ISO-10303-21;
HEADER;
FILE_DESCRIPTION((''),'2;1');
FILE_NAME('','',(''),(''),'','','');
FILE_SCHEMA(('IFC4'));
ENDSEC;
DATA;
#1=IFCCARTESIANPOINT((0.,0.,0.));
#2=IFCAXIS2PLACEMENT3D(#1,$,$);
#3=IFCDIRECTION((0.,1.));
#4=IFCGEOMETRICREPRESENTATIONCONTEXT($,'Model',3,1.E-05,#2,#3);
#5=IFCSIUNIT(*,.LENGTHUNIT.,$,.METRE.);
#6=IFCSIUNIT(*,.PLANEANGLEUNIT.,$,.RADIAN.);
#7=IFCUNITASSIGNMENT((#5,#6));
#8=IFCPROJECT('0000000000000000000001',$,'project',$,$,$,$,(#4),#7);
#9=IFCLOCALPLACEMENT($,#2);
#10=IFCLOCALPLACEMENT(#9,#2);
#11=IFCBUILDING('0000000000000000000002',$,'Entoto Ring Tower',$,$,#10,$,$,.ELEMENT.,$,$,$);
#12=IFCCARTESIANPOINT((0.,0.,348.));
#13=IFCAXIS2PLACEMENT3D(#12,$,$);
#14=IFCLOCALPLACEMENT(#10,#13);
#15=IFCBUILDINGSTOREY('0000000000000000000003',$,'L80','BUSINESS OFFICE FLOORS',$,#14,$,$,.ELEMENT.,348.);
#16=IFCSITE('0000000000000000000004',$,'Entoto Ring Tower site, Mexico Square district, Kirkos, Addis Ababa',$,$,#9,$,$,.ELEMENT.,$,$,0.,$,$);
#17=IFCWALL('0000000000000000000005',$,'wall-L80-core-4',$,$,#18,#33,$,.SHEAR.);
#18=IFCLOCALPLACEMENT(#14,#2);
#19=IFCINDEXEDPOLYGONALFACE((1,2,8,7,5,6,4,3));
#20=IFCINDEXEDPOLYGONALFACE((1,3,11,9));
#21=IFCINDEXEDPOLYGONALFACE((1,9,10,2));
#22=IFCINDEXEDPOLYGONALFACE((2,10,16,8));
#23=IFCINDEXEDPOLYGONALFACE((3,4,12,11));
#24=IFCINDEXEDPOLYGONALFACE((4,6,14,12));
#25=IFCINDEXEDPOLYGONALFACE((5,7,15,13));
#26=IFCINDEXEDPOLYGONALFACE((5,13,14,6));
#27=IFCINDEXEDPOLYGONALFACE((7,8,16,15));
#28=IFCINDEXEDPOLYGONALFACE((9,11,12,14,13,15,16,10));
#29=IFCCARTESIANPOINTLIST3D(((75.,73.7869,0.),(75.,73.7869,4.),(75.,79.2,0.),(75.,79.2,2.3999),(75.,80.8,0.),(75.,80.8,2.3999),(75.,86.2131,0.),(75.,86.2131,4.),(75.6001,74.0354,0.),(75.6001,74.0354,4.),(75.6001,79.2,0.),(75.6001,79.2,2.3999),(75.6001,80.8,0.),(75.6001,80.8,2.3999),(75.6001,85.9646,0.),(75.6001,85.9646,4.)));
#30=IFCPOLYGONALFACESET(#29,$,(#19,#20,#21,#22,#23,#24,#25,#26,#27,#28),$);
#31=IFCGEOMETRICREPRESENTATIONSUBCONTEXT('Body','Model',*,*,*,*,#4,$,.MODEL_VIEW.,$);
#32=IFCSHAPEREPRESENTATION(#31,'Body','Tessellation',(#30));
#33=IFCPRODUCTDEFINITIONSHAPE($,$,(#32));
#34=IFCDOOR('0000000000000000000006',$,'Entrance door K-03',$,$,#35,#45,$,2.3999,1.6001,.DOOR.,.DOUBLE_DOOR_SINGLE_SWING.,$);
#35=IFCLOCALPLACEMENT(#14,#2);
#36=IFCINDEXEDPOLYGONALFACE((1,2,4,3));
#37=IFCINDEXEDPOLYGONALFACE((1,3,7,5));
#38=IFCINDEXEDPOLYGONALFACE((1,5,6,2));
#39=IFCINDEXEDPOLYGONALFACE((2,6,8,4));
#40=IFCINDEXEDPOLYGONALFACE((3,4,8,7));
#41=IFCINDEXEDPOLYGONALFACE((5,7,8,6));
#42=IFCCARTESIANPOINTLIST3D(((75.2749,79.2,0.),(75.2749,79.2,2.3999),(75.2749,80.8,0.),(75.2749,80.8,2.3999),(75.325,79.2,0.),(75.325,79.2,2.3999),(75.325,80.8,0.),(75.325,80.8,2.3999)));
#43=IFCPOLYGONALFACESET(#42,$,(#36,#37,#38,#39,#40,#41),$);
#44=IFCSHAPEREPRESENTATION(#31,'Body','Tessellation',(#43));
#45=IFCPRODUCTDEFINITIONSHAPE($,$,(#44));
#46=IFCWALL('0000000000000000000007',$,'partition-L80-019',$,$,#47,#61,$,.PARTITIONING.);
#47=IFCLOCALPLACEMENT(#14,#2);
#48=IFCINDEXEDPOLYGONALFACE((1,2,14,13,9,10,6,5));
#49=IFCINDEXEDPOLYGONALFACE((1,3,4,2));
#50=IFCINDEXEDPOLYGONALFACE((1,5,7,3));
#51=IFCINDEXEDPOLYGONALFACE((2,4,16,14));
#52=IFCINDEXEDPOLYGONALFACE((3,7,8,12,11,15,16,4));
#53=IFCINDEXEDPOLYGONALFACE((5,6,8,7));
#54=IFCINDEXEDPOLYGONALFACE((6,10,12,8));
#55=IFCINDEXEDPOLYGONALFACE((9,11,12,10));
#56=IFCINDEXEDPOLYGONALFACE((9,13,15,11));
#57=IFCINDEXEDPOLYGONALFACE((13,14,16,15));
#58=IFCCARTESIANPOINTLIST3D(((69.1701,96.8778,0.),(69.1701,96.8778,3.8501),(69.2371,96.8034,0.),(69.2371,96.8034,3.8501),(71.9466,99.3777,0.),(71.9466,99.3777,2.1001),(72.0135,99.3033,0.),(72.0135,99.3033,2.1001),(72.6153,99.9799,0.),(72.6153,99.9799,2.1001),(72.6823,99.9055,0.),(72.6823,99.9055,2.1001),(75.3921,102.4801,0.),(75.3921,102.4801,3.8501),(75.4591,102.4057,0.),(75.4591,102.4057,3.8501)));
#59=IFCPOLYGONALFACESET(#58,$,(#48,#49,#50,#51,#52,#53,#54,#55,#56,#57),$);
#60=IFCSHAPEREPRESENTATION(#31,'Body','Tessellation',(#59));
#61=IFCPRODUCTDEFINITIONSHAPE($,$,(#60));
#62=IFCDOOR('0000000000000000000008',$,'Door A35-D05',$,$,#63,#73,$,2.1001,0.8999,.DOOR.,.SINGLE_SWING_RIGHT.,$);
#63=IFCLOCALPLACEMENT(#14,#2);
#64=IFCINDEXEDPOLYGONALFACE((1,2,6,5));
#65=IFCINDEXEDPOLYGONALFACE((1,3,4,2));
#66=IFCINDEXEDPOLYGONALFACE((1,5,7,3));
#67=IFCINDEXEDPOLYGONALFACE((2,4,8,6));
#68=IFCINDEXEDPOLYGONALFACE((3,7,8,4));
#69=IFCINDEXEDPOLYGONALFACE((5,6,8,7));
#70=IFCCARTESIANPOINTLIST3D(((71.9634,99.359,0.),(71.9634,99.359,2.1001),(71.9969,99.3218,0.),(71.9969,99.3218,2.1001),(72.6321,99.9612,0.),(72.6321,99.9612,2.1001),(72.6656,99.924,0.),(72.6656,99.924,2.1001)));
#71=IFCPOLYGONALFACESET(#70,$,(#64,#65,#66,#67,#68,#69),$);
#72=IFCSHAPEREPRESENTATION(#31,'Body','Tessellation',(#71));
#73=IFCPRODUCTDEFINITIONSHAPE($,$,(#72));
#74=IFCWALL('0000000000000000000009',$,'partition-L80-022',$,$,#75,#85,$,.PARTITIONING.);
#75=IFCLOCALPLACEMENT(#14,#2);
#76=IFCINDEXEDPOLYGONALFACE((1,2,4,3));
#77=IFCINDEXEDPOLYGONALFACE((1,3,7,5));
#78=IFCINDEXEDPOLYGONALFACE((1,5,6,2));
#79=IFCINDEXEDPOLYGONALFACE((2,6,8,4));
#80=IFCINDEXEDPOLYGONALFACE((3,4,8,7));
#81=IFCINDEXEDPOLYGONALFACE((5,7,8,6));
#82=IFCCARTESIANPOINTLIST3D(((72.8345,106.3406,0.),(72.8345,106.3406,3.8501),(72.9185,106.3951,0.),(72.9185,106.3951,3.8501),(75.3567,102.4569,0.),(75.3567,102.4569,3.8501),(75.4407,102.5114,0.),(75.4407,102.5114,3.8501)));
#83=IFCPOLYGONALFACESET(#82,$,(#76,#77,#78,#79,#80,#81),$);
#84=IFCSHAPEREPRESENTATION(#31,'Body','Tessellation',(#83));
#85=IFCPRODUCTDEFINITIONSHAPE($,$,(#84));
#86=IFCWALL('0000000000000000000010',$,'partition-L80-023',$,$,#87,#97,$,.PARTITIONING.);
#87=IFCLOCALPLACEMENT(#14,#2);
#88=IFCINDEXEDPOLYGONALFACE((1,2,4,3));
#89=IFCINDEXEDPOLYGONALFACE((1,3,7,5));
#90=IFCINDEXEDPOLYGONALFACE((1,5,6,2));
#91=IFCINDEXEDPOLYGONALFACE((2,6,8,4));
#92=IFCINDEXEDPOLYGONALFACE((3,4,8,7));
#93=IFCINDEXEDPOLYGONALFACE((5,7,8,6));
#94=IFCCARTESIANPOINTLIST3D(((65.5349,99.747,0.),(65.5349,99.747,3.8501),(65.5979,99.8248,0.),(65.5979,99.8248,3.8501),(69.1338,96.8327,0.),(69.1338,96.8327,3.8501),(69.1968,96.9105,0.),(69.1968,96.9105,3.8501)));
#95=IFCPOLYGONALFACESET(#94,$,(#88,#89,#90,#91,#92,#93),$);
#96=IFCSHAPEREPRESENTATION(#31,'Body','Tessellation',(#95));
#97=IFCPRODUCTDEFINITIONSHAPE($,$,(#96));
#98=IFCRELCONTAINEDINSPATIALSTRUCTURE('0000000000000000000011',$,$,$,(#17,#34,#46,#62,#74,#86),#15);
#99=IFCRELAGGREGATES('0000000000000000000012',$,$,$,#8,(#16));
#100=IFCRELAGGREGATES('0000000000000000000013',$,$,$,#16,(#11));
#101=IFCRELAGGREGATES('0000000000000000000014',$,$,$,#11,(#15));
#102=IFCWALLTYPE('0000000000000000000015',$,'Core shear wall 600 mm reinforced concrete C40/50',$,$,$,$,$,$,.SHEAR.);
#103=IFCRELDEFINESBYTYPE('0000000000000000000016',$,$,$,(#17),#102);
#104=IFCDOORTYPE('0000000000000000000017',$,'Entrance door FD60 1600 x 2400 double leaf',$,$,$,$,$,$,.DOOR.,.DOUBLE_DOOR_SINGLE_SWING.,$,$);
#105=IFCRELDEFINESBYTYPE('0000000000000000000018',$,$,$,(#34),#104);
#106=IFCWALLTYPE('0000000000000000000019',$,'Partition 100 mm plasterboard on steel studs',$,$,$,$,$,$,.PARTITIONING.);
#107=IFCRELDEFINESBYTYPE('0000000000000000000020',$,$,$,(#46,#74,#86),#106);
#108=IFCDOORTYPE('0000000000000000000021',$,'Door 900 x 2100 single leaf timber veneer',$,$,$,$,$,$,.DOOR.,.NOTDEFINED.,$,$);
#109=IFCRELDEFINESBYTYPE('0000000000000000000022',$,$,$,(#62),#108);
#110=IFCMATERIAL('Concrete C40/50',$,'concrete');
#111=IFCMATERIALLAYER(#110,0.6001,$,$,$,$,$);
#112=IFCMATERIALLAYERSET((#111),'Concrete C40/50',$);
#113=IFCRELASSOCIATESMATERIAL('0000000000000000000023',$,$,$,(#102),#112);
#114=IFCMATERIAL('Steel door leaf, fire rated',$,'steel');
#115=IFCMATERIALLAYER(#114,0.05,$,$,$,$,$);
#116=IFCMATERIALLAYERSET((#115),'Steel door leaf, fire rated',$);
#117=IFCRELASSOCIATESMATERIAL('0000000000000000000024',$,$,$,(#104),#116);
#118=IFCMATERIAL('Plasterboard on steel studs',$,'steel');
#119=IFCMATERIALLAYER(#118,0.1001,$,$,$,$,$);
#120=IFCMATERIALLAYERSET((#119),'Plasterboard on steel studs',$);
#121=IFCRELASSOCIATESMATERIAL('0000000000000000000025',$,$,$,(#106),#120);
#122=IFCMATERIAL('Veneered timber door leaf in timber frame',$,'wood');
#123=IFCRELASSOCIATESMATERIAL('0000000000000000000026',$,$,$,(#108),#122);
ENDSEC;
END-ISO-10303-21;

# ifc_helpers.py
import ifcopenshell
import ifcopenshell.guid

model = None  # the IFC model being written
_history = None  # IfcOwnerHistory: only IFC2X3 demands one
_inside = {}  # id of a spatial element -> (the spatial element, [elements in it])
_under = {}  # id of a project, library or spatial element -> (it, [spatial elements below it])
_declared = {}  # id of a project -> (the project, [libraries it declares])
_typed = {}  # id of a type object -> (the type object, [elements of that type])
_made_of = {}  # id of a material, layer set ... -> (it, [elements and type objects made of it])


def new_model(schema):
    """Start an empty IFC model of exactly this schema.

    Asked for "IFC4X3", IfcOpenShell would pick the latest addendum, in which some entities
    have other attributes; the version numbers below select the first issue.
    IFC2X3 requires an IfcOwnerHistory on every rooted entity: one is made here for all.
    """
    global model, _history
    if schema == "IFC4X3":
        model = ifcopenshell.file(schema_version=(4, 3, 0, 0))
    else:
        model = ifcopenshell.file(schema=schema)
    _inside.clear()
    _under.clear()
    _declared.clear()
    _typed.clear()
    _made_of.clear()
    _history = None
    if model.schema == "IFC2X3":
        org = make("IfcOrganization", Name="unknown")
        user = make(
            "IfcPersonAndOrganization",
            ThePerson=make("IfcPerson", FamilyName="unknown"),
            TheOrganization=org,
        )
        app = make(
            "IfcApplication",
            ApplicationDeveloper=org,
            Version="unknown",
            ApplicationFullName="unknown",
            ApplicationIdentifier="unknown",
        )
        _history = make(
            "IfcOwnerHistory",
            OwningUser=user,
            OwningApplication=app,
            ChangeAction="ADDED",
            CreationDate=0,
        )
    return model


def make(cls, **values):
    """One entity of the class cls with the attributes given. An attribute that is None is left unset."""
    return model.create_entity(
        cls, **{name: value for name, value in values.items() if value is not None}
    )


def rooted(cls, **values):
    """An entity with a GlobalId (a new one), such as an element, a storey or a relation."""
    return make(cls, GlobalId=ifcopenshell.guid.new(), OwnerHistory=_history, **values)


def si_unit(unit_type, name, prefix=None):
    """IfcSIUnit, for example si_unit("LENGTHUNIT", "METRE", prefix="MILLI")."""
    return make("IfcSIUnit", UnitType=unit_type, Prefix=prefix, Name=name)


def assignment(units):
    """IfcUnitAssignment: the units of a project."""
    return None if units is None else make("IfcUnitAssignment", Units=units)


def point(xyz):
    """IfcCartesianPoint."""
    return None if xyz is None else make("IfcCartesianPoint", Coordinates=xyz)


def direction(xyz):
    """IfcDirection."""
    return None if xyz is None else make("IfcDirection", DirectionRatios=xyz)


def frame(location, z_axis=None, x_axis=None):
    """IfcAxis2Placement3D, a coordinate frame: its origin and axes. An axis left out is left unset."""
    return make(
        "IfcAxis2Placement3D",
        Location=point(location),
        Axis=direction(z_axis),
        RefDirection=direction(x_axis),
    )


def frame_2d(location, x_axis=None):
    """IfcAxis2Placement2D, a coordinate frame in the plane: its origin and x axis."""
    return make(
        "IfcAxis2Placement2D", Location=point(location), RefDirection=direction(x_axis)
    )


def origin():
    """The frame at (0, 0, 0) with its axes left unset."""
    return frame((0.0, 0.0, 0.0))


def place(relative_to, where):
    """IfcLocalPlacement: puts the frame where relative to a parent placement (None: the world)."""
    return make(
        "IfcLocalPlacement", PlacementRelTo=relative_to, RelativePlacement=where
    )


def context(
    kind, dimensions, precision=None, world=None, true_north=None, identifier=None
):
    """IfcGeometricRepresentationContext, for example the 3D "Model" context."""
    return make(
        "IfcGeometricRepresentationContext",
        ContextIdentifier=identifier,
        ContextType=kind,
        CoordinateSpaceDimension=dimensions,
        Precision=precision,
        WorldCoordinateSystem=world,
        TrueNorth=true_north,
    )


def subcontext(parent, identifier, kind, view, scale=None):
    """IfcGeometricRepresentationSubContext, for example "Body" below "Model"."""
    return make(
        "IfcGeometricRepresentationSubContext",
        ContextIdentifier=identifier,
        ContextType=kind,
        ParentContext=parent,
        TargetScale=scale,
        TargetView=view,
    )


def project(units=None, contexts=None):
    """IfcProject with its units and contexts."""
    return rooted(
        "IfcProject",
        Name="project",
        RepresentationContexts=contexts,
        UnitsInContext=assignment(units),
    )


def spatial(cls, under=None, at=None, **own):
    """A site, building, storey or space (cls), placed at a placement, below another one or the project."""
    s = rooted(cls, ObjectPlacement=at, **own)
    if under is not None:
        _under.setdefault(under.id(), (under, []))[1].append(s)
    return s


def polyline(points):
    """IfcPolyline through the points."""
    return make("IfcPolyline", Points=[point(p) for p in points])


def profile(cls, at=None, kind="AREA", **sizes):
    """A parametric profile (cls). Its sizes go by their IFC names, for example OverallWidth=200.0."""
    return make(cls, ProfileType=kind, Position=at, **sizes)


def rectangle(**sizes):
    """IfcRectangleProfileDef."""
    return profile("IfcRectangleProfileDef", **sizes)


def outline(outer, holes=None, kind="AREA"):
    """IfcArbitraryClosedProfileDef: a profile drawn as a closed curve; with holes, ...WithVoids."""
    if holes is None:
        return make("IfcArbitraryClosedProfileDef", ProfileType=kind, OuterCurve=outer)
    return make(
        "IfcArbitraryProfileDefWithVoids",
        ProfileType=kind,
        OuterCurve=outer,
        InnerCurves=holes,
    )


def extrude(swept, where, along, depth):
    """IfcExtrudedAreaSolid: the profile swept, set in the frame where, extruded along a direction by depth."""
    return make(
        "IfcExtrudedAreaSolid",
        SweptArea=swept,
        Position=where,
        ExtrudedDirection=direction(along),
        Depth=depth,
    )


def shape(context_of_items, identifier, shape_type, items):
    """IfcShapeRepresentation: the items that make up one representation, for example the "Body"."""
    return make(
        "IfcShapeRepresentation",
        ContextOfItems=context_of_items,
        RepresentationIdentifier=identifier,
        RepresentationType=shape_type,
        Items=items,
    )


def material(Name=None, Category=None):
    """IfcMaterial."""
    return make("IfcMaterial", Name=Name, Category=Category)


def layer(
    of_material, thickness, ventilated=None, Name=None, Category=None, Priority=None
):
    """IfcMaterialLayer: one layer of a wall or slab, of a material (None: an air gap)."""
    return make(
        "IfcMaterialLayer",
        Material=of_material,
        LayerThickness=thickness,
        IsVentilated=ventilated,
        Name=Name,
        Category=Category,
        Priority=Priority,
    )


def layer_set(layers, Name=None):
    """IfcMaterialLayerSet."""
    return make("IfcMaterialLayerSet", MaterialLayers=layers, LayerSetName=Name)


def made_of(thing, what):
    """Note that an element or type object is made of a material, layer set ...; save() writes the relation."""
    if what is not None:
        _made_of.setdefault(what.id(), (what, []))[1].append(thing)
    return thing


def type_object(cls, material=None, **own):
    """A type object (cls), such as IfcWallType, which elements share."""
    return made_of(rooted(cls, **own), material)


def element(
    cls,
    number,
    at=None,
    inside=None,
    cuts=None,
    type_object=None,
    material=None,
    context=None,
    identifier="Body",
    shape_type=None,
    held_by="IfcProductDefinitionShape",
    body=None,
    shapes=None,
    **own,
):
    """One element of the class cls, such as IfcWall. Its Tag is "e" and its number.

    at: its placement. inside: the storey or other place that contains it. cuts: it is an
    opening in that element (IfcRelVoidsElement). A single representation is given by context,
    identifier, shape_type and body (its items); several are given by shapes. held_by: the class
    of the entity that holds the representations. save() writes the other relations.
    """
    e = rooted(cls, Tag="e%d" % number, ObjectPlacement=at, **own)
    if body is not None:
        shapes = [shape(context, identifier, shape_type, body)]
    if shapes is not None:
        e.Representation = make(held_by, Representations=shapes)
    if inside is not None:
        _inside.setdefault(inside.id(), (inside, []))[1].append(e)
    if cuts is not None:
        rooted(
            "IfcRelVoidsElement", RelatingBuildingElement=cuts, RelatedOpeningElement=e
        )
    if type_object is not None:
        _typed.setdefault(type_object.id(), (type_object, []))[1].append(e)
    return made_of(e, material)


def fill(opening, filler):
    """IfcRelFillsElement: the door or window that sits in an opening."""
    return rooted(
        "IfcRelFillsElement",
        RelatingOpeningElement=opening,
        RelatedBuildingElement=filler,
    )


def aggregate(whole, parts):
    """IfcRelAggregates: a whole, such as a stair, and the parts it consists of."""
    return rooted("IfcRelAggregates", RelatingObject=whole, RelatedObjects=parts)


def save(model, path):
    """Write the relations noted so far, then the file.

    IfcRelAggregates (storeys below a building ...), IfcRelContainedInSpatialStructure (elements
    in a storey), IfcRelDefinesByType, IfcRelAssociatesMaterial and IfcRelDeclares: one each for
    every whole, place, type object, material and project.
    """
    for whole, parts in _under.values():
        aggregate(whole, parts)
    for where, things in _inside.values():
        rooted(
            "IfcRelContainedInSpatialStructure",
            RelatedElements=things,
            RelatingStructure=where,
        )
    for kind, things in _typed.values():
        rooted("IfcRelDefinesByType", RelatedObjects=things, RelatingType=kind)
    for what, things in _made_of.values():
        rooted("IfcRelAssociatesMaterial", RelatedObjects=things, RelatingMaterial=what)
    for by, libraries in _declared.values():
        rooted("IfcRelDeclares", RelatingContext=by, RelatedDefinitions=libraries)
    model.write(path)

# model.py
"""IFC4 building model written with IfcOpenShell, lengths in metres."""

from ifc_helpers import new_model, si_unit, direction, frame, frame_2d, origin, place, context, subcontext, project, spatial, polyline, rectangle, outline, extrude, material, layer, layer_set, type_object, element, fill, save


model = new_model("IFC4")

# Units and contexts
model_context = context("Model", 3, precision=1e-05, world=origin(), true_north=direction((0.0, 1.0)))
body_context = subcontext(model_context, "Body", "Model", "MODEL_VIEW")
ifc_project = project(units=[si_unit("LENGTHUNIT", "METRE"), si_unit("PLANEANGLEUNIT", "RADIAN")], contexts=[model_context])

# Site, building, storey
site_placement = place(None, origin())
site = spatial("IfcSite", under=ifc_project, at=site_placement, Name="Entoto Ring Tower site, Mexico Square district, Kirkos, Addis Ababa", CompositionType="ELEMENT", RefElevation=0.0)
building_placement = place(site_placement, origin())
building = spatial("IfcBuilding", under=site, at=building_placement, Name="Entoto Ring Tower", CompositionType="ELEMENT")
storey_placement = place(building_placement, frame((0.0, 0.0, 348.0)))
storey = spatial("IfcBuildingStorey", under=building, at=storey_placement, Name="L80", Description="BUSINESS OFFICE FLOORS", CompositionType="ELEMENT", Elevation=348.0)

# Shared definitions
ifc_material_1 = material(Name="Concrete C40/50", Category="concrete")
ifc_layer_1 = layer(ifc_material_1, 0.6001)
ifc_layer_set_1 = layer_set([ifc_layer_1], Name="Concrete C40/50")
wall_type_1 = type_object("IfcWallType", Name="Core shear wall 600 mm reinforced concrete C40/50", PredefinedType="SHEAR", material=ifc_layer_set_1)

# Walls, openings, doors
wall_1_placement = place(storey_placement, frame((75.3, 86.0889, 0.0), z_axis=(0.0, 0.0, 1.0), x_axis=(0.0, -1.0, 0.0)))
wall_1 = element("IfcWall", 1, at=wall_1_placement, inside=storey, type_object=wall_type_1, Name="wall-L80-core-4", PredefinedType="SHEAR", context=body_context, shape_type="SweptSolid", body=[
    extrude(outline(polyline([(-0.1243, -0.3), (12.302, -0.3), (12.0535, 0.3), (0.1243, 0.3), (-0.1243, -0.3)])), origin(), (0.0, 0.0, 1.0), 4.0),
])
opening_1_placement = place(wall_1_placement, frame((5.2888, 0.0, 0.0)))
opening_1 = element("IfcOpeningElement", 2, at=opening_1_placement, cuts=wall_1, PredefinedType="OPENING", context=body_context, shape_type="SweptSolid", body=[
    extrude(rectangle(XDim=1.6001, YDim=2.3999, at=frame_2d((0.8, 1.2))), frame((0.0, 0.3101, 0.0), z_axis=(0.0, -1.0, 0.0), x_axis=(1.0, 0.0, 0.0)), (0.0, 0.0, 1.0), 0.6201),
])
ifc_material_2 = material(Name="Steel door leaf, fire rated", Category="steel")
ifc_layer_2 = layer(ifc_material_2, 0.05)
ifc_layer_set_2 = layer_set([ifc_layer_2], Name="Steel door leaf, fire rated")
door_type_1 = type_object("IfcDoorType", Name="Entrance door FD60 1600 x 2400 double leaf", OperationType="DOUBLE_DOOR_SINGLE_SWING", PredefinedType="DOOR", material=ifc_layer_set_2)
door_1_placement = place(opening_1_placement, origin())
door_1 = element("IfcDoor", 3, at=door_1_placement, inside=storey, type_object=door_type_1, Name="Entrance door K-03", OperationType="DOUBLE_DOOR_SINGLE_SWING", OverallHeight=2.3999, OverallWidth=1.6001, PredefinedType="DOOR", context=body_context, shape_type="SweptSolid", body=[
    extrude(rectangle(XDim=1.6001, YDim=2.3999, at=frame_2d((0.8, 1.2))), frame((0.0, 0.0249, 0.0), z_axis=(0.0, -1.0, 0.0), x_axis=(1.0, 0.0, 0.0)), (0.0, 0.0, 1.0), 0.05),
])
fill(opening_1, door_1)
ifc_material_3 = material(Name="Plasterboard on steel studs", Category="steel")
ifc_layer_3 = layer(ifc_material_3, 0.1001)
ifc_layer_set_3 = layer_set([ifc_layer_3], Name="Plasterboard on steel studs")
wall_type_2 = type_object("IfcWallType", Name="Partition 100 mm plasterboard on steel studs", PredefinedType="PARTITIONING", material=ifc_layer_set_3)
wall_2_placement = place(storey_placement, frame((69.2036, 96.8406, 0.0), z_axis=(0.0, 0.0, 1.0), x_axis=(0.743142, 0.669134, 0.0)))
wall_2 = element("IfcWall", 4, at=wall_2_placement, inside=storey, type_object=wall_type_2, Name="partition-L80-019", PredefinedType="PARTITIONING", context=body_context, shape_type="SweptSolid", body=[
    extrude(rectangle(XDim=8.3726, YDim=0.1001, at=frame_2d((4.1863, 0.0))), origin(), (0.0, 0.0, 1.0), 3.8501),
])
opening_2_placement = place(wall_2_placement, frame((3.7361, 0.0, 0.0)))
opening_2 = element("IfcOpeningElement", 5, at=opening_2_placement, cuts=wall_2, PredefinedType="OPENING", context=body_context, shape_type="SweptSolid", body=[
    extrude(rectangle(XDim=0.8999, YDim=2.1001, at=frame_2d((0.45, 1.05))), frame((0.0, 0.0601, 0.0), z_axis=(0.0, -1.0, 0.0), x_axis=(1.0, 0.0, 0.0)), (0.0, 0.0, 1.0), 0.1201),
])
ifc_material_4 = material(Name="Veneered timber door leaf in timber frame", Category="wood")
door_type_2 = type_object("IfcDoorType", Name="Door 900 x 2100 single leaf timber veneer", OperationType="NOTDEFINED", PredefinedType="DOOR", material=ifc_material_4)
door_2_placement = place(opening_2_placement, origin())
door_2 = element("IfcDoor", 6, at=door_2_placement, inside=storey, type_object=door_type_2, Name="Door A35-D05", OperationType="SINGLE_SWING_RIGHT", OverallHeight=2.1001, OverallWidth=0.8999, PredefinedType="DOOR", context=body_context, shape_type="SweptSolid", body=[
    extrude(rectangle(XDim=0.8999, YDim=2.1001, at=frame_2d((0.45, 1.05))), frame((0.0, 0.0249, 0.0), z_axis=(0.0, -1.0, 0.0), x_axis=(1.0, 0.0, 0.0)), (0.0, 0.0, 1.0), 0.05),
])
fill(opening_2, door_2)

# Walls
for number, where, z_axis, x_axis, name in (
    (7, (75.3987, 102.4841, 0.0), (0.0, 0.0, 1.0), (-0.544647, 0.838665, 0.0), "partition-L80-022"),
    (8, (69.1653, 96.8716, 0.0), (0.0, 0.0, 1.0), (-0.777147, 0.62932, 0.0), "partition-L80-023"),
):
    element("IfcWall", number, at=place(storey_placement, frame(where, z_axis=z_axis, x_axis=x_axis)), inside=storey, type_object=wall_type_2, Name=name, PredefinedType="PARTITIONING", context=body_context, shape_type="SweptSolid", body=[
        extrude(rectangle(XDim=4.6309, YDim=0.1001, at=frame_2d((2.3154, 0.0))), origin(), (0.0, 0.0, 1.0), 3.8501),
    ])

save(model, "model.ifc")
